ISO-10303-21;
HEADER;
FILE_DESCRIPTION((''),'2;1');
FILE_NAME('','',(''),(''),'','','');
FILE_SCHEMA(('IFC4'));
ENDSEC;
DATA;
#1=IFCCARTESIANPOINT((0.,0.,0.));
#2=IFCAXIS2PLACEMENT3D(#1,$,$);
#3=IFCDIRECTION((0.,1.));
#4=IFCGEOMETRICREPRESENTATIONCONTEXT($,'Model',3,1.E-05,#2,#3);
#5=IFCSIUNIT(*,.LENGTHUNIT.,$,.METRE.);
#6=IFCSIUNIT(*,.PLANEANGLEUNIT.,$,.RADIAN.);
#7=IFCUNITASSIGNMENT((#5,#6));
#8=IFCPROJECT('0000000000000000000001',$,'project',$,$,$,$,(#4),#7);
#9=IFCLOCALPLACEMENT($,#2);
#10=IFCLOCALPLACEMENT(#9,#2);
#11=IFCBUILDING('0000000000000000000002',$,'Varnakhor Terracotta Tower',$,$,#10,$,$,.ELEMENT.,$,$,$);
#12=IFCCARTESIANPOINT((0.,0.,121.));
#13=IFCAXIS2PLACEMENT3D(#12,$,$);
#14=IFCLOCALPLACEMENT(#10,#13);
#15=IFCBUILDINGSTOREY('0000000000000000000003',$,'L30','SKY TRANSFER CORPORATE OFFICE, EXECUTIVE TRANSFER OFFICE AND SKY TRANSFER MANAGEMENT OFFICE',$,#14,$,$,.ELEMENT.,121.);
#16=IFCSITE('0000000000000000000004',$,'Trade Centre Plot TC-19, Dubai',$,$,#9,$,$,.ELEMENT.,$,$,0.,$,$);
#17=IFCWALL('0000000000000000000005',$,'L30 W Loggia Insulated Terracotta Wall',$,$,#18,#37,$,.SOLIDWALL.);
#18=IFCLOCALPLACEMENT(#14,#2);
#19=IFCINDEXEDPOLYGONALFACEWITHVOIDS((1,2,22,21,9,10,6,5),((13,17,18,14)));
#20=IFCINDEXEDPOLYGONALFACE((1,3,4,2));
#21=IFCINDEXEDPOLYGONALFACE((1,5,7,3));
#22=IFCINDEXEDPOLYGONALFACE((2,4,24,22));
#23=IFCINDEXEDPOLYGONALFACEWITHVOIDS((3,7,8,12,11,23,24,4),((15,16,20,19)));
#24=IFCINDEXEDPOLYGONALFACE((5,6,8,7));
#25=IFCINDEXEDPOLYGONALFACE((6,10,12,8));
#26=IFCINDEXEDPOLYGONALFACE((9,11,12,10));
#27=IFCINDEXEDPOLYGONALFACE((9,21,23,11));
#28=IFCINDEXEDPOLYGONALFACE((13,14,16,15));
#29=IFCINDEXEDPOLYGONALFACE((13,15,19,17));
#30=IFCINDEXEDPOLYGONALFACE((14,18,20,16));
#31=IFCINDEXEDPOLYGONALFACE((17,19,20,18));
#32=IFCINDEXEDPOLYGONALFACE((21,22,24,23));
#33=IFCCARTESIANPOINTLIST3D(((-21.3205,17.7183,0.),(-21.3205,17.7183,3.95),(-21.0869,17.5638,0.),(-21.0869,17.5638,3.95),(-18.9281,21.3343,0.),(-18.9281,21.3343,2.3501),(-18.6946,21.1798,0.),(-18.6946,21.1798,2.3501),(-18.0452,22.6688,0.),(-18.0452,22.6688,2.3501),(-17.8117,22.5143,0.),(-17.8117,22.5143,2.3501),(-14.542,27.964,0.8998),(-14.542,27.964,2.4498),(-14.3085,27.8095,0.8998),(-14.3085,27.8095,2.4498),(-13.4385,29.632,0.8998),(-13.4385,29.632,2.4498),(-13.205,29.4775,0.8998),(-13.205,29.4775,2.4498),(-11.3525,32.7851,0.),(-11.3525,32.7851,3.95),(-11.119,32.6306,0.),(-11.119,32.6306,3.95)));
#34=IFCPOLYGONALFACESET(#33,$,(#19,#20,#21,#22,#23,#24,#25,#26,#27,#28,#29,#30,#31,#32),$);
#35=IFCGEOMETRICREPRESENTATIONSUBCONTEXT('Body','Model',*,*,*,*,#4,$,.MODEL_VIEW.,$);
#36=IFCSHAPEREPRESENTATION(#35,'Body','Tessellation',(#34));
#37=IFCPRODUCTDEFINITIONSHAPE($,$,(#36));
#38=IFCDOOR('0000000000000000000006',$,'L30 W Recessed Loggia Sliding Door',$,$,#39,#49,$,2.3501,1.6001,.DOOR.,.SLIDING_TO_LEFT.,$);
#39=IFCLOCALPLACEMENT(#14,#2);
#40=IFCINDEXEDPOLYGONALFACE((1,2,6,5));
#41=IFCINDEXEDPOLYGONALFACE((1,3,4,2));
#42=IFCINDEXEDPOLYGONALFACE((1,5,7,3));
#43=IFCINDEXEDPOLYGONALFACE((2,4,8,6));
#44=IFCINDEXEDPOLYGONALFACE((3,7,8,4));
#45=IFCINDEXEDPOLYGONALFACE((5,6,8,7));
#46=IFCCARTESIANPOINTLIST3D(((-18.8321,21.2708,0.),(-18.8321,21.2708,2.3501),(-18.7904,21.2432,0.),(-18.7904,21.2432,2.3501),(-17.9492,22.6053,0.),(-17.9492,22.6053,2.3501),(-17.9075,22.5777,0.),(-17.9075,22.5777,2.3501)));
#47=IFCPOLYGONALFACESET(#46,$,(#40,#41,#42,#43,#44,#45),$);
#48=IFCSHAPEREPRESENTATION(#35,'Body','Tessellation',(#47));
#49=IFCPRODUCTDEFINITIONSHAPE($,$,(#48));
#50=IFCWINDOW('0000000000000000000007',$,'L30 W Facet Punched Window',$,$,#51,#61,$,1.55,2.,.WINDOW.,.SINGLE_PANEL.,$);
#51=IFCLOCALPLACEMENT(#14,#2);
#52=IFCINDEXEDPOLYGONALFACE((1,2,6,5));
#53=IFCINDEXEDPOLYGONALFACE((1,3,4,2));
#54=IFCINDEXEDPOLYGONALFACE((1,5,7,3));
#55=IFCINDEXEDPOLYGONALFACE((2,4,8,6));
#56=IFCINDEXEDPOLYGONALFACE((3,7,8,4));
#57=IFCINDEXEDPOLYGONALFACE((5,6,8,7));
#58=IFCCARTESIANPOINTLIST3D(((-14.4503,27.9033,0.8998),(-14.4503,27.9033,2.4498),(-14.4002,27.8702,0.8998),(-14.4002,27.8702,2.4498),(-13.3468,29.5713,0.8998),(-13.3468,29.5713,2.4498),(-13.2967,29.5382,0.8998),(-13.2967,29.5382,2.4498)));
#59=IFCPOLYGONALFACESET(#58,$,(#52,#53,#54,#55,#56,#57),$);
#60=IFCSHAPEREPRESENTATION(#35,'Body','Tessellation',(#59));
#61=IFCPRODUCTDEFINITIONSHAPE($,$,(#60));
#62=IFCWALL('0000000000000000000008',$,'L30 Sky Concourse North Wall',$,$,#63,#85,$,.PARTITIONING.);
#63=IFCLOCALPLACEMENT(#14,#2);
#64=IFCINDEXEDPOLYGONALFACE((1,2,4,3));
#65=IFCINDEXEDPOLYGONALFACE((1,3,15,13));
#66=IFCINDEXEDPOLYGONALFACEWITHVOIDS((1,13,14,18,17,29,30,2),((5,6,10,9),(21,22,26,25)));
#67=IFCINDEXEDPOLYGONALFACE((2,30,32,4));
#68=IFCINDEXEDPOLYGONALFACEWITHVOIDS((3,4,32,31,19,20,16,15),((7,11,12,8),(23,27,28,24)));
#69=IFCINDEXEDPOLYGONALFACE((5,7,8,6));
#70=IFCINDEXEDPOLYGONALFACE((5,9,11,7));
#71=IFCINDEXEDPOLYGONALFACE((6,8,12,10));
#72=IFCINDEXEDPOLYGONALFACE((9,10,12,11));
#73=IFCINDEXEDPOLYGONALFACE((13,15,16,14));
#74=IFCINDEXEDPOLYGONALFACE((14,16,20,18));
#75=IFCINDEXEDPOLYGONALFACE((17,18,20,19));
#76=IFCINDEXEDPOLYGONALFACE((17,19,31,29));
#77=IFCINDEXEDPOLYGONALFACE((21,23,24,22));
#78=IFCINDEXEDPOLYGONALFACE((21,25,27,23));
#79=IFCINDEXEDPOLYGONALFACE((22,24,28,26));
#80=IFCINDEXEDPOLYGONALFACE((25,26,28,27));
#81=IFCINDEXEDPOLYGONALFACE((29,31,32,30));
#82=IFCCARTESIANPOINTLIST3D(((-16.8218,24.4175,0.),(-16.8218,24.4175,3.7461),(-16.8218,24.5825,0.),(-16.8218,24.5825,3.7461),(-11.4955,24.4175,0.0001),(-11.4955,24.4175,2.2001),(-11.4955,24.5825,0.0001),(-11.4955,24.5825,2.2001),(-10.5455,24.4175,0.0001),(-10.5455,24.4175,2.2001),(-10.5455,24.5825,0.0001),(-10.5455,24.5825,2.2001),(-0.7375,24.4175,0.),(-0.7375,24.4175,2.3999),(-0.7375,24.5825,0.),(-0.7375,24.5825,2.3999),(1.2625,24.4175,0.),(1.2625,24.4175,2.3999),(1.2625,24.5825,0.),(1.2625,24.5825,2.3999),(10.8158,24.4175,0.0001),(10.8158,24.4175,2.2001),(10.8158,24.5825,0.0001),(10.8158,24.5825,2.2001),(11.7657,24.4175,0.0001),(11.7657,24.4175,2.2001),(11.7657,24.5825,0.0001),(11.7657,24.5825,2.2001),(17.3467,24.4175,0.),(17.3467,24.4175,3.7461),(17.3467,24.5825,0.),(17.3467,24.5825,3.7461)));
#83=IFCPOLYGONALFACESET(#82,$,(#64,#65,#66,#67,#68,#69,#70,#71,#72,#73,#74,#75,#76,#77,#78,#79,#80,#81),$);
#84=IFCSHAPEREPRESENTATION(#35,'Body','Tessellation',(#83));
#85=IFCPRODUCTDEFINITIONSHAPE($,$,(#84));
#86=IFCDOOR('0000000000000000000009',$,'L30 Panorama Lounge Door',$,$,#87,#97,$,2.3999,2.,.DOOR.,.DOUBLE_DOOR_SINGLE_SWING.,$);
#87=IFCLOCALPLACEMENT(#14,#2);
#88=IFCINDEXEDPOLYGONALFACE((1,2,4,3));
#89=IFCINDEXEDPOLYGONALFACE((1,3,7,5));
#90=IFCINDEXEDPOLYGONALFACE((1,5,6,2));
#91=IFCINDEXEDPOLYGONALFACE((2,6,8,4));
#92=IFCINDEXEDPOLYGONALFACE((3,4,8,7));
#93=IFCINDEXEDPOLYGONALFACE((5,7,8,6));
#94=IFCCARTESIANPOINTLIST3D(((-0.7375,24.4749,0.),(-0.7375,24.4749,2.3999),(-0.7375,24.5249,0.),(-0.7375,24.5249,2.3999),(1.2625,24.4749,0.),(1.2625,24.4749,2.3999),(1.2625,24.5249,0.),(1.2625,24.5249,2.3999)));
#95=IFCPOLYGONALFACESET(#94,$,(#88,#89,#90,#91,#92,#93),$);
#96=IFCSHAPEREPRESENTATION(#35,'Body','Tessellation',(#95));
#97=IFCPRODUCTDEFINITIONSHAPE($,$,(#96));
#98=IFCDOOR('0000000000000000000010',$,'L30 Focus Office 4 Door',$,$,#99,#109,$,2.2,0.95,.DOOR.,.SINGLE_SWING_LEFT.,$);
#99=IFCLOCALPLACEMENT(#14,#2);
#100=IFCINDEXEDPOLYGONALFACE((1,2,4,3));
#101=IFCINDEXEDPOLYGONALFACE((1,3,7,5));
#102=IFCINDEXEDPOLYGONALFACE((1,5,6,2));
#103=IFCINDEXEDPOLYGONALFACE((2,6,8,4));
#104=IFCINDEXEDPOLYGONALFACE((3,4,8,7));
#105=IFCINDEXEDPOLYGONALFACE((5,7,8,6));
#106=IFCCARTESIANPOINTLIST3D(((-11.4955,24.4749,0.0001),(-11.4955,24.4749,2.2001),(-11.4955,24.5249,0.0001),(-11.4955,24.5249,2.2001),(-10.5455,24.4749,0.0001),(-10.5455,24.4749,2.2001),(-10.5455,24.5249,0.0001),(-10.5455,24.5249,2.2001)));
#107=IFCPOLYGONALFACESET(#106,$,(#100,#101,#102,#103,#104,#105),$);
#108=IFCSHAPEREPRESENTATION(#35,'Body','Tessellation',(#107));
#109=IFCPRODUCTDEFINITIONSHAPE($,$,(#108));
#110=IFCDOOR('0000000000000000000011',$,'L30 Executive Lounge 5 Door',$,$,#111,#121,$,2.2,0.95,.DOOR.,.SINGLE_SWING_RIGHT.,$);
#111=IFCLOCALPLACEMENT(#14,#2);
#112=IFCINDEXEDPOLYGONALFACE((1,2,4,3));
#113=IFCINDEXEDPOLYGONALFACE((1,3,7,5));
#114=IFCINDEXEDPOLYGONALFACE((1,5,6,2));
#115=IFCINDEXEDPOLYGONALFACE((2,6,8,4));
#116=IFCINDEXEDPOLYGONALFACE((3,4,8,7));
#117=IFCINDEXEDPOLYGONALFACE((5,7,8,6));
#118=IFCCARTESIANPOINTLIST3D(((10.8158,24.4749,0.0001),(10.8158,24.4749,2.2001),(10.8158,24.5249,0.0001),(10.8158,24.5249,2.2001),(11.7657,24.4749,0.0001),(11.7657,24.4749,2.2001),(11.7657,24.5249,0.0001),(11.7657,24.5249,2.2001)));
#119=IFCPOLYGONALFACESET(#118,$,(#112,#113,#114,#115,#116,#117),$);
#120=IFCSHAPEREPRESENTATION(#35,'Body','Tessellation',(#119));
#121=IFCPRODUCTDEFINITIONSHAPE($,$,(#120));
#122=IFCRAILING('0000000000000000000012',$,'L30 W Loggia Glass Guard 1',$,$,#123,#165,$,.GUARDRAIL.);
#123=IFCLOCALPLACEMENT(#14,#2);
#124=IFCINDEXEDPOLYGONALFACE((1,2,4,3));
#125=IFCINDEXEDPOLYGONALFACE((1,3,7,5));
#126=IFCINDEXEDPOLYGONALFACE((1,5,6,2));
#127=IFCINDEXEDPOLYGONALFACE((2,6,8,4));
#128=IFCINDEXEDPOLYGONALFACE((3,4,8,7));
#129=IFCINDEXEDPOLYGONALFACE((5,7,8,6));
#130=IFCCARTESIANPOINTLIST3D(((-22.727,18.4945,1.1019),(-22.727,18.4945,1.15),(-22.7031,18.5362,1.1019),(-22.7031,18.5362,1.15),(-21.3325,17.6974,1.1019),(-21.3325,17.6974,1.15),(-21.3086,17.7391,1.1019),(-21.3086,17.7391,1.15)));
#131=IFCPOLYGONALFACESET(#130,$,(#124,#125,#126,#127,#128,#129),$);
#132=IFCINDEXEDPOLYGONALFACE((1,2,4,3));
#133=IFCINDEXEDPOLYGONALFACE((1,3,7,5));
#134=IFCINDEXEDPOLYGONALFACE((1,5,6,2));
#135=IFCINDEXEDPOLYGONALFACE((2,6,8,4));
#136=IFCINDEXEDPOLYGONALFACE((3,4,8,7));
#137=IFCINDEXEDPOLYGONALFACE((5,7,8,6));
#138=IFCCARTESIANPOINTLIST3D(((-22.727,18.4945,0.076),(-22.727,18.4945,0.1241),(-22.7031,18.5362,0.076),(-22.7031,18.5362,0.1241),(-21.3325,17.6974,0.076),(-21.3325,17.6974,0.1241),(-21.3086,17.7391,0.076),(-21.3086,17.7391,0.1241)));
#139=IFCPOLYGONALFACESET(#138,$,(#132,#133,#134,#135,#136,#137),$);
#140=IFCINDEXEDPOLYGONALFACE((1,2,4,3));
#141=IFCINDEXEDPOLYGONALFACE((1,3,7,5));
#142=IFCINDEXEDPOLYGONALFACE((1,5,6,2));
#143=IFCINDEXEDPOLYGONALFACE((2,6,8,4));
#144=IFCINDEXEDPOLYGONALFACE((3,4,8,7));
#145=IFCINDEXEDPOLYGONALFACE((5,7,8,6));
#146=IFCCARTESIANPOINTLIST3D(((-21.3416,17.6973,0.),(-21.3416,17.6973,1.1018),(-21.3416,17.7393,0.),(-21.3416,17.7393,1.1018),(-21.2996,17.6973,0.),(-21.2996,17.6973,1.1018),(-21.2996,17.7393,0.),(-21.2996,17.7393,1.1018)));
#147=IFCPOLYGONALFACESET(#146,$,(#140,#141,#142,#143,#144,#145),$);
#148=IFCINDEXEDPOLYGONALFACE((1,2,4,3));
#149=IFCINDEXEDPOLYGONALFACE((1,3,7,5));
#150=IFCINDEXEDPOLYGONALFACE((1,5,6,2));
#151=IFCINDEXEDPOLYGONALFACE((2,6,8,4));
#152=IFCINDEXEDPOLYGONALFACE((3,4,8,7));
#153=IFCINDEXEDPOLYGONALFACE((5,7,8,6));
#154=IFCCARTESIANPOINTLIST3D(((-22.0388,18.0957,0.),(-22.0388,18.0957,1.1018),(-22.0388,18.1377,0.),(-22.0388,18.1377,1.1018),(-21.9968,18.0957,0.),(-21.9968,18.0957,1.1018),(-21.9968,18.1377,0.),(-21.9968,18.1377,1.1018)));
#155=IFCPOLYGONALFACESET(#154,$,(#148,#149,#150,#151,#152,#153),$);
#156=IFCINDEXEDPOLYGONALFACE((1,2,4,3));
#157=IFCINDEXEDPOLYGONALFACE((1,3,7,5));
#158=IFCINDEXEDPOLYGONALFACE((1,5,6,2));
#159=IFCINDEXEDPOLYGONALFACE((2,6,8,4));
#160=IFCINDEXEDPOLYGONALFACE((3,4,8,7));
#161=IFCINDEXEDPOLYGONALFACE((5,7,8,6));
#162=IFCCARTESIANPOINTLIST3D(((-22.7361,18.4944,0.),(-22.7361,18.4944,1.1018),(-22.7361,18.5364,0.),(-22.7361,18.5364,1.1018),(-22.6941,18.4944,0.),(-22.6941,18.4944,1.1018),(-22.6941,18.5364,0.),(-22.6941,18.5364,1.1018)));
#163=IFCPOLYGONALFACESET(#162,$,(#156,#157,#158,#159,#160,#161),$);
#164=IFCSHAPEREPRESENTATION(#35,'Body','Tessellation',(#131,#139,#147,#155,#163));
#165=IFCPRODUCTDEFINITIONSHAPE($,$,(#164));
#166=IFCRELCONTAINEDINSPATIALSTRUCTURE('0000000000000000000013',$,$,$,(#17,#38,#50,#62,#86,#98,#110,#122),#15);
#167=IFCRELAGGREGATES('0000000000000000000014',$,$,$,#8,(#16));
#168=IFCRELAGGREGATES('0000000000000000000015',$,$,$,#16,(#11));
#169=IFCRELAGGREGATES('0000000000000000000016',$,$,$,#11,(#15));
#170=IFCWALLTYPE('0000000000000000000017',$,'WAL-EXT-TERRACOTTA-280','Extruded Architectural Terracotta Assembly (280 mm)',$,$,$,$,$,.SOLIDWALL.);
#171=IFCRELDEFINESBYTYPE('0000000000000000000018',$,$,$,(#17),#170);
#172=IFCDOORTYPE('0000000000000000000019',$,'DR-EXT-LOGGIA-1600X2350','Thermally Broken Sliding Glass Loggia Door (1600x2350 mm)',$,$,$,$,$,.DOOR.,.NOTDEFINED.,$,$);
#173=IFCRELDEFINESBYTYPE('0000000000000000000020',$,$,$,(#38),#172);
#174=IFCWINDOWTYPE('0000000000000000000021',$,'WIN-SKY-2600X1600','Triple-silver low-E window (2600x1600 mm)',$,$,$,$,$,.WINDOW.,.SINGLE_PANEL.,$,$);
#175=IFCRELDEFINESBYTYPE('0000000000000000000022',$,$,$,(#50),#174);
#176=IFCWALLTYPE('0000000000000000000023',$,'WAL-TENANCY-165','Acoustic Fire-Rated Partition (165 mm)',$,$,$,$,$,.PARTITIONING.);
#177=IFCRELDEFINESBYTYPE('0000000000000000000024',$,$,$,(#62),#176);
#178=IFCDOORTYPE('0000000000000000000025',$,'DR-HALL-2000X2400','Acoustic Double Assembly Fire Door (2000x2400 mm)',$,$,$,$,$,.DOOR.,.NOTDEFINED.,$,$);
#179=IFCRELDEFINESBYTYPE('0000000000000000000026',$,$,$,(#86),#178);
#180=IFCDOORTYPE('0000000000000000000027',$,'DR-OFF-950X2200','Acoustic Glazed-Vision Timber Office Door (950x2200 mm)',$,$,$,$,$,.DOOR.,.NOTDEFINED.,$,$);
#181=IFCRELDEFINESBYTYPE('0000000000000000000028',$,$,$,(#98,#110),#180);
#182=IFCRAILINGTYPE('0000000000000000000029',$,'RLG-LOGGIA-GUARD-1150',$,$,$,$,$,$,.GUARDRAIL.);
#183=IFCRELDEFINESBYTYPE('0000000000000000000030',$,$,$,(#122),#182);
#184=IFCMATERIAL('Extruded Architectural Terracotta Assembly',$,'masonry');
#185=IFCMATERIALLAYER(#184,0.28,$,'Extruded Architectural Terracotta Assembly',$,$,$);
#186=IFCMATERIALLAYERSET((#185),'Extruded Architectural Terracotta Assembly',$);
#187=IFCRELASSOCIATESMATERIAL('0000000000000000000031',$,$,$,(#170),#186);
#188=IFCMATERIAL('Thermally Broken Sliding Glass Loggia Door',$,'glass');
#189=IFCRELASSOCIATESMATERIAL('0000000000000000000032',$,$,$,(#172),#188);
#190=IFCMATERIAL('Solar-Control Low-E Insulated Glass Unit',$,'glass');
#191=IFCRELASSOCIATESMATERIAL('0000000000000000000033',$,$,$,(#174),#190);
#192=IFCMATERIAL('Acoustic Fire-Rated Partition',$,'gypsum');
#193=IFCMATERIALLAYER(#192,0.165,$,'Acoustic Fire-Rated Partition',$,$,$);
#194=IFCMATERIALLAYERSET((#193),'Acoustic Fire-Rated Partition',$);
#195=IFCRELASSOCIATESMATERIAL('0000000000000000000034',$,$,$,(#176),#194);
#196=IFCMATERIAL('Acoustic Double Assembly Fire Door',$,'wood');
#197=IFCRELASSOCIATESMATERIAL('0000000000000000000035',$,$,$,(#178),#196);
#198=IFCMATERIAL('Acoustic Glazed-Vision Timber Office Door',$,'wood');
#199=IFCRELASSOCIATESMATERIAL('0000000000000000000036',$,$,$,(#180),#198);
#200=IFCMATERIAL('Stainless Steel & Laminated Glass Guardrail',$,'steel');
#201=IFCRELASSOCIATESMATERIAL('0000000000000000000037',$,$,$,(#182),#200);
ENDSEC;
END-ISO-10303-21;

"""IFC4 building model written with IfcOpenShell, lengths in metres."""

from ifc_helpers import new_model, si_unit, direction, frame, frame_2d, origin, origin_2d, place, context, subcontext, project, spatial, rectangle, extrude, source, transform, mapped, material, layer, layer_set, type_object, type_shapes, element, fill, save


model = new_model("IFC4")

# Units and contexts
model_context = context("Model", 3, precision=1e-05, world=origin(), true_north=direction((0.0, 1.0)))
body_context = subcontext(model_context, "Body", "Model", "MODEL_VIEW")
ifc_project = project(units=[si_unit("LENGTHUNIT", "METRE"), si_unit("PLANEANGLEUNIT", "RADIAN")], contexts=[model_context])

# Site, building, storey
site_placement = place(None, origin())
site = spatial("IfcSite", under=ifc_project, at=site_placement, Name="Trade Centre Plot TC-19, Dubai", CompositionType="ELEMENT", RefElevation=0.0)
building_placement = place(site_placement, origin())
building = spatial("IfcBuilding", under=site, at=building_placement, Name="Varnakhor Terracotta Tower", CompositionType="ELEMENT")
storey_placement = place(building_placement, frame((0.0, 0.0, 121.0)))
storey = spatial("IfcBuildingStorey", under=building, at=storey_placement, Name="L30", Description="SKY TRANSFER CORPORATE OFFICE, EXECUTIVE TRANSFER OFFICE AND SKY TRANSFER MANAGEMENT OFFICE", CompositionType="ELEMENT", Elevation=121.0)

# Wall, openings, door, window
ifc_material_1 = material(Name="Extruded Architectural Terracotta Assembly", Category="masonry")
ifc_layer_1 = layer(ifc_material_1, 0.28, Name="Extruded Architectural Terracotta Assembly")
ifc_layer_set_1 = layer_set([ifc_layer_1], Name="Extruded Architectural Terracotta Assembly")
wall_type_1 = type_object("IfcWallType", Name="WAL-EXT-TERRACOTTA-280", Description="Extruded Architectural Terracotta Assembly (280 mm)", PredefinedType="SOLIDWALL", material=ifc_layer_set_1)
wall_1_placement = place(storey_placement, frame((-21.2036, 17.6411, 0.0), z_axis=(0.0, 0.0, 1.0), x_axis=(0.551762, 0.834002, 0.0)))
wall_1 = element("IfcWall", 1, at=wall_1_placement, inside=storey, type_object=wall_type_1, Name="L30 W Loggia Insulated Terracotta Wall", PredefinedType="SOLIDWALL", context=body_context, shape_type="SweptSolid", body=[
    extrude(rectangle(XDim=18.0657, YDim=0.28, at=frame_2d((9.0327, 0.0))), origin(), (0.0, 0.0, 1.0), 3.95),
])
opening_1_placement = place(wall_1_placement, frame((4.3357, 0.0, 0.0)))
opening_1 = element("IfcOpeningElement", 2, at=opening_1_placement, cuts=wall_1, PredefinedType="OPENING", context=body_context, shape_type="SweptSolid", body=[
    extrude(rectangle(XDim=1.6001, YDim=2.3501, at=frame_2d((0.8, 1.175))), frame((0.0, 0.1499, 0.0), z_axis=(0.0, -1.0, 0.0), x_axis=(1.0, 0.0, 0.0)), (0.0, 0.0, 1.0), 0.3),
])
opening_2_placement = place(wall_1_placement, frame((12.2849, 0.0, 0.8999)))
opening_2 = element("IfcOpeningElement", 3, at=opening_2_placement, cuts=wall_1, PredefinedType="OPENING", context=body_context, shape_type="SweptSolid", body=[
    extrude(rectangle(XDim=2.0, YDim=1.55, at=frame_2d((1.0, 0.7749))), frame((0.0, 0.1499, 0.0), z_axis=(0.0, -1.0, 0.0), x_axis=(1.0, 0.0, 0.0)), (0.0, 0.0, 1.0), 0.3),
])
ifc_material_2 = material(Name="Thermally Broken Sliding Glass Loggia Door", Category="glass")
door_type_1 = type_object("IfcDoorType", Name="DR-EXT-LOGGIA-1600X2350", Description="Thermally Broken Sliding Glass Loggia Door (1600x2350 mm)", OperationType="NOTDEFINED", PredefinedType="DOOR", material=ifc_material_2)
shared_shape_1 = source(origin(), body_context, "Body", "SweptSolid", [
    extrude(rectangle(XDim=1.6001, YDim=2.3501, at=frame_2d((0.8, 1.175))), frame((0.0, 0.0249, 0.0), z_axis=(0.0, -1.0, 0.0), x_axis=(1.0, 0.0, 0.0)), (0.0, 0.0, 1.0), 0.05),
])
type_shapes(door_type_1, [shared_shape_1])
door_1_placement = place(opening_1_placement, origin())
door_1 = element("IfcDoor", 4, at=door_1_placement, inside=storey, type_object=door_type_1, Name="L30 W Recessed Loggia Sliding Door", OperationType="SLIDING_TO_LEFT", OverallHeight=2.3501, OverallWidth=1.6001, PredefinedType="DOOR", context=body_context, shape_type="MappedRepresentation", body=[
    mapped(shared_shape_1, transform((0.0, 0.0, 0.0), scale=1.0)),
])
fill(opening_1, door_1)
ifc_material_3 = material(Name="Solar-Control Low-E Insulated Glass Unit", Category="glass")
window_type = type_object("IfcWindowType", Name="WIN-SKY-2600X1600", Description="Triple-silver low-E window (2600x1600 mm)", PartitioningType="SINGLE_PANEL", PredefinedType="WINDOW", material=ifc_material_3)
shared_shape_2 = source(origin(), body_context, "Body", "SweptSolid", [
    extrude(rectangle(XDim=2.0, YDim=1.55, at=frame_2d((1.0, 0.7749))), frame((0.0, 0.03, 0.0), z_axis=(0.0, -1.0, 0.0), x_axis=(1.0, 0.0, 0.0)), (0.0, 0.0, 1.0), 0.0601),
])
type_shapes(window_type, [shared_shape_2])
window_placement = place(opening_2_placement, origin())
window = element("IfcWindow", 5, at=window_placement, inside=storey, type_object=window_type, Name="L30 W Facet Punched Window", OverallHeight=1.55, OverallWidth=2.0, PartitioningType="SINGLE_PANEL", PredefinedType="WINDOW", context=body_context, shape_type="MappedRepresentation", body=[
    mapped(shared_shape_2, transform((0.0, 0.0, 0.0), scale=1.0)),
])
fill(opening_2, window)

# Wall, openings, doors
ifc_material_4 = material(Name="Acoustic Fire-Rated Partition", Category="gypsum")
ifc_layer_2 = layer(ifc_material_4, 0.165, Name="Acoustic Fire-Rated Partition")
ifc_layer_set_2 = layer_set([ifc_layer_2], Name="Acoustic Fire-Rated Partition")
wall_type_2 = type_object("IfcWallType", Name="WAL-TENANCY-165", Description="Acoustic Fire-Rated Partition (165 mm)", PredefinedType="PARTITIONING", material=ifc_layer_set_2)
wall_2_placement = place(storey_placement, frame((-16.8218, 24.5, 0.0), z_axis=(0.0, 0.0, 1.0), x_axis=(1.0, 0.0, 0.0)))
wall_2 = element("IfcWall", 6, at=wall_2_placement, inside=storey, type_object=wall_type_2, Name="L30 Sky Concourse North Wall", PredefinedType="PARTITIONING", context=body_context, shape_type="SweptSolid", body=[
    extrude(rectangle(XDim=34.1685, YDim=0.165, at=frame_2d((17.0842, 0.0))), origin(), (0.0, 0.0, 1.0), 3.7461),
])
opening_3_placement = place(wall_2_placement, frame((16.0842, 0.0, 0.0)))
opening_3 = element("IfcOpeningElement", 7, at=opening_3_placement, cuts=wall_2, PredefinedType="OPENING", context=body_context, shape_type="SweptSolid", body=[
    extrude(rectangle(XDim=2.0, YDim=2.3999, at=frame_2d((1.0, 1.2))), frame((0.0, 0.0925, 0.0), z_axis=(0.0, -1.0, 0.0), x_axis=(1.0, 0.0, 0.0)), (0.0, 0.0, 1.0), 0.1851),
])
opening_4_placement = place(wall_2_placement, frame((5.3262, 0.0, 0.0)))
opening_4 = element("IfcOpeningElement", 8, at=opening_4_placement, cuts=wall_2, PredefinedType="OPENING", context=body_context, shape_type="SweptSolid", body=[
    extrude(rectangle(XDim=0.95, YDim=2.2, at=frame_2d((0.4751, 1.1001))), frame((0.0, 0.0925, 0.0), z_axis=(0.0, -1.0, 0.0), x_axis=(1.0, 0.0, 0.0)), (0.0, 0.0, 1.0), 0.1851),
])
opening_5_placement = place(wall_2_placement, frame((27.6375, 0.0, 0.0)))
opening_5 = element("IfcOpeningElement", 9, at=opening_5_placement, cuts=wall_2, PredefinedType="OPENING", context=body_context, shape_type="SweptSolid", body=[
    extrude(rectangle(XDim=0.95, YDim=2.2, at=frame_2d((0.4751, 1.1001))), frame((0.0, 0.0925, 0.0), z_axis=(0.0, -1.0, 0.0), x_axis=(1.0, 0.0, 0.0)), (0.0, 0.0, 1.0), 0.1851),
])
ifc_material_5 = material(Name="Acoustic Double Assembly Fire Door", Category="wood")
door_type_2 = type_object("IfcDoorType", Name="DR-HALL-2000X2400", Description="Acoustic Double Assembly Fire Door (2000x2400 mm)", OperationType="NOTDEFINED", PredefinedType="DOOR", material=ifc_material_5)
shared_shape_3 = source(origin(), body_context, "Body", "SweptSolid", [
    extrude(rectangle(XDim=2.0, YDim=2.3999, at=frame_2d((1.0, 1.2))), frame((0.0, 0.0249, 0.0), z_axis=(0.0, -1.0, 0.0), x_axis=(1.0, 0.0, 0.0)), (0.0, 0.0, 1.0), 0.05),
])
type_shapes(door_type_2, [shared_shape_3])
door_2_placement = place(opening_3_placement, origin())
door_2 = element("IfcDoor", 10, at=door_2_placement, inside=storey, type_object=door_type_2, Name="L30 Panorama Lounge Door", OperationType="DOUBLE_DOOR_SINGLE_SWING", OverallHeight=2.3999, OverallWidth=2.0, PredefinedType="DOOR", context=body_context, shape_type="MappedRepresentation", body=[
    mapped(shared_shape_3, transform((0.0, 0.0, 0.0), scale=1.0)),
])
fill(opening_3, door_2)
ifc_material_6 = material(Name="Acoustic Glazed-Vision Timber Office Door", Category="wood")
door_type_3 = type_object("IfcDoorType", Name="DR-OFF-950X2200", Description="Acoustic Glazed-Vision Timber Office Door (950x2200 mm)", OperationType="NOTDEFINED", PredefinedType="DOOR", material=ifc_material_6)
shared_shape_4 = source(origin(), body_context, "Body", "SweptSolid", [
    extrude(rectangle(XDim=0.95, YDim=2.2, at=frame_2d((0.4751, 1.1001))), frame((0.0, 0.0249, 0.0), z_axis=(0.0, -1.0, 0.0), x_axis=(1.0, 0.0, 0.0)), (0.0, 0.0, 1.0), 0.05),
])
type_shapes(door_type_3, [shared_shape_4])
door_3_placement = place(opening_4_placement, origin())
door_3 = element("IfcDoor", 11, at=door_3_placement, inside=storey, type_object=door_type_3, Name="L30 Focus Office 4 Door", OperationType="SINGLE_SWING_LEFT", OverallHeight=2.2, OverallWidth=0.95, PredefinedType="DOOR", context=body_context, shape_type="MappedRepresentation", body=[
    mapped(shared_shape_4, transform((0.0, 0.0, 0.0), scale=1.0)),
])
fill(opening_4, door_3)
door_4_placement = place(opening_5_placement, origin())
door_4 = element("IfcDoor", 12, at=door_4_placement, inside=storey, type_object=door_type_3, Name="L30 Executive Lounge 5 Door", OperationType="SINGLE_SWING_RIGHT", OverallHeight=2.2, OverallWidth=0.95, PredefinedType="DOOR", context=body_context, shape_type="MappedRepresentation", body=[
    mapped(shared_shape_4, transform((0.0, 0.0, 0.0), scale=1.0)),
])
fill(opening_5, door_4)

# Railing
ifc_material_7 = material(Name="Stainless Steel & Laminated Glass Guardrail", Category="steel")
railing_type = type_object("IfcRailingType", Name="RLG-LOGGIA-GUARD-1150", PredefinedType="GUARDRAIL", material=ifc_material_7)
railing_1_placement = place(storey_placement, frame((-21.3206, 17.7183, 0.0)))
element("IfcRailing", 13, at=railing_1_placement, inside=storey, type_object=railing_type, Name="L30 W Loggia Glass Guard 1", PredefinedType="GUARDRAIL", context=body_context, shape_type="SweptSolid", body=[
    extrude(rectangle(XDim=0.0481, YDim=0.0481, at=origin_2d()), frame((0.0, 0.0, 1.126), z_axis=(-0.868178, 0.496254, 0.0), x_axis=(-0.496254, -0.868178, 0.0)), (0.0, 0.0, 1.0), 1.6062),
    extrude(rectangle(XDim=0.0481, YDim=0.0481, at=origin_2d()), frame((0.0, 0.0, 0.1001), z_axis=(-0.868178, 0.496254, 0.0), x_axis=(-0.496254, -0.868178, 0.0)), (0.0, 0.0, 1.0), 1.6062),
    extrude(rectangle(XDim=0.042, YDim=0.042, at=origin_2d()), origin(), (0.0, 0.0, 1.0), 1.1018),
    extrude(rectangle(XDim=0.042, YDim=0.042, at=origin_2d()), frame((-0.6973, 0.3984, 0.0)), (0.0, 0.0, 1.0), 1.1018),
    extrude(rectangle(XDim=0.042, YDim=0.042, at=origin_2d()), frame((-1.3945, 0.7971, 0.0)), (0.0, 0.0, 1.0), 1.1018),
])

save(model, "model.ifc")
